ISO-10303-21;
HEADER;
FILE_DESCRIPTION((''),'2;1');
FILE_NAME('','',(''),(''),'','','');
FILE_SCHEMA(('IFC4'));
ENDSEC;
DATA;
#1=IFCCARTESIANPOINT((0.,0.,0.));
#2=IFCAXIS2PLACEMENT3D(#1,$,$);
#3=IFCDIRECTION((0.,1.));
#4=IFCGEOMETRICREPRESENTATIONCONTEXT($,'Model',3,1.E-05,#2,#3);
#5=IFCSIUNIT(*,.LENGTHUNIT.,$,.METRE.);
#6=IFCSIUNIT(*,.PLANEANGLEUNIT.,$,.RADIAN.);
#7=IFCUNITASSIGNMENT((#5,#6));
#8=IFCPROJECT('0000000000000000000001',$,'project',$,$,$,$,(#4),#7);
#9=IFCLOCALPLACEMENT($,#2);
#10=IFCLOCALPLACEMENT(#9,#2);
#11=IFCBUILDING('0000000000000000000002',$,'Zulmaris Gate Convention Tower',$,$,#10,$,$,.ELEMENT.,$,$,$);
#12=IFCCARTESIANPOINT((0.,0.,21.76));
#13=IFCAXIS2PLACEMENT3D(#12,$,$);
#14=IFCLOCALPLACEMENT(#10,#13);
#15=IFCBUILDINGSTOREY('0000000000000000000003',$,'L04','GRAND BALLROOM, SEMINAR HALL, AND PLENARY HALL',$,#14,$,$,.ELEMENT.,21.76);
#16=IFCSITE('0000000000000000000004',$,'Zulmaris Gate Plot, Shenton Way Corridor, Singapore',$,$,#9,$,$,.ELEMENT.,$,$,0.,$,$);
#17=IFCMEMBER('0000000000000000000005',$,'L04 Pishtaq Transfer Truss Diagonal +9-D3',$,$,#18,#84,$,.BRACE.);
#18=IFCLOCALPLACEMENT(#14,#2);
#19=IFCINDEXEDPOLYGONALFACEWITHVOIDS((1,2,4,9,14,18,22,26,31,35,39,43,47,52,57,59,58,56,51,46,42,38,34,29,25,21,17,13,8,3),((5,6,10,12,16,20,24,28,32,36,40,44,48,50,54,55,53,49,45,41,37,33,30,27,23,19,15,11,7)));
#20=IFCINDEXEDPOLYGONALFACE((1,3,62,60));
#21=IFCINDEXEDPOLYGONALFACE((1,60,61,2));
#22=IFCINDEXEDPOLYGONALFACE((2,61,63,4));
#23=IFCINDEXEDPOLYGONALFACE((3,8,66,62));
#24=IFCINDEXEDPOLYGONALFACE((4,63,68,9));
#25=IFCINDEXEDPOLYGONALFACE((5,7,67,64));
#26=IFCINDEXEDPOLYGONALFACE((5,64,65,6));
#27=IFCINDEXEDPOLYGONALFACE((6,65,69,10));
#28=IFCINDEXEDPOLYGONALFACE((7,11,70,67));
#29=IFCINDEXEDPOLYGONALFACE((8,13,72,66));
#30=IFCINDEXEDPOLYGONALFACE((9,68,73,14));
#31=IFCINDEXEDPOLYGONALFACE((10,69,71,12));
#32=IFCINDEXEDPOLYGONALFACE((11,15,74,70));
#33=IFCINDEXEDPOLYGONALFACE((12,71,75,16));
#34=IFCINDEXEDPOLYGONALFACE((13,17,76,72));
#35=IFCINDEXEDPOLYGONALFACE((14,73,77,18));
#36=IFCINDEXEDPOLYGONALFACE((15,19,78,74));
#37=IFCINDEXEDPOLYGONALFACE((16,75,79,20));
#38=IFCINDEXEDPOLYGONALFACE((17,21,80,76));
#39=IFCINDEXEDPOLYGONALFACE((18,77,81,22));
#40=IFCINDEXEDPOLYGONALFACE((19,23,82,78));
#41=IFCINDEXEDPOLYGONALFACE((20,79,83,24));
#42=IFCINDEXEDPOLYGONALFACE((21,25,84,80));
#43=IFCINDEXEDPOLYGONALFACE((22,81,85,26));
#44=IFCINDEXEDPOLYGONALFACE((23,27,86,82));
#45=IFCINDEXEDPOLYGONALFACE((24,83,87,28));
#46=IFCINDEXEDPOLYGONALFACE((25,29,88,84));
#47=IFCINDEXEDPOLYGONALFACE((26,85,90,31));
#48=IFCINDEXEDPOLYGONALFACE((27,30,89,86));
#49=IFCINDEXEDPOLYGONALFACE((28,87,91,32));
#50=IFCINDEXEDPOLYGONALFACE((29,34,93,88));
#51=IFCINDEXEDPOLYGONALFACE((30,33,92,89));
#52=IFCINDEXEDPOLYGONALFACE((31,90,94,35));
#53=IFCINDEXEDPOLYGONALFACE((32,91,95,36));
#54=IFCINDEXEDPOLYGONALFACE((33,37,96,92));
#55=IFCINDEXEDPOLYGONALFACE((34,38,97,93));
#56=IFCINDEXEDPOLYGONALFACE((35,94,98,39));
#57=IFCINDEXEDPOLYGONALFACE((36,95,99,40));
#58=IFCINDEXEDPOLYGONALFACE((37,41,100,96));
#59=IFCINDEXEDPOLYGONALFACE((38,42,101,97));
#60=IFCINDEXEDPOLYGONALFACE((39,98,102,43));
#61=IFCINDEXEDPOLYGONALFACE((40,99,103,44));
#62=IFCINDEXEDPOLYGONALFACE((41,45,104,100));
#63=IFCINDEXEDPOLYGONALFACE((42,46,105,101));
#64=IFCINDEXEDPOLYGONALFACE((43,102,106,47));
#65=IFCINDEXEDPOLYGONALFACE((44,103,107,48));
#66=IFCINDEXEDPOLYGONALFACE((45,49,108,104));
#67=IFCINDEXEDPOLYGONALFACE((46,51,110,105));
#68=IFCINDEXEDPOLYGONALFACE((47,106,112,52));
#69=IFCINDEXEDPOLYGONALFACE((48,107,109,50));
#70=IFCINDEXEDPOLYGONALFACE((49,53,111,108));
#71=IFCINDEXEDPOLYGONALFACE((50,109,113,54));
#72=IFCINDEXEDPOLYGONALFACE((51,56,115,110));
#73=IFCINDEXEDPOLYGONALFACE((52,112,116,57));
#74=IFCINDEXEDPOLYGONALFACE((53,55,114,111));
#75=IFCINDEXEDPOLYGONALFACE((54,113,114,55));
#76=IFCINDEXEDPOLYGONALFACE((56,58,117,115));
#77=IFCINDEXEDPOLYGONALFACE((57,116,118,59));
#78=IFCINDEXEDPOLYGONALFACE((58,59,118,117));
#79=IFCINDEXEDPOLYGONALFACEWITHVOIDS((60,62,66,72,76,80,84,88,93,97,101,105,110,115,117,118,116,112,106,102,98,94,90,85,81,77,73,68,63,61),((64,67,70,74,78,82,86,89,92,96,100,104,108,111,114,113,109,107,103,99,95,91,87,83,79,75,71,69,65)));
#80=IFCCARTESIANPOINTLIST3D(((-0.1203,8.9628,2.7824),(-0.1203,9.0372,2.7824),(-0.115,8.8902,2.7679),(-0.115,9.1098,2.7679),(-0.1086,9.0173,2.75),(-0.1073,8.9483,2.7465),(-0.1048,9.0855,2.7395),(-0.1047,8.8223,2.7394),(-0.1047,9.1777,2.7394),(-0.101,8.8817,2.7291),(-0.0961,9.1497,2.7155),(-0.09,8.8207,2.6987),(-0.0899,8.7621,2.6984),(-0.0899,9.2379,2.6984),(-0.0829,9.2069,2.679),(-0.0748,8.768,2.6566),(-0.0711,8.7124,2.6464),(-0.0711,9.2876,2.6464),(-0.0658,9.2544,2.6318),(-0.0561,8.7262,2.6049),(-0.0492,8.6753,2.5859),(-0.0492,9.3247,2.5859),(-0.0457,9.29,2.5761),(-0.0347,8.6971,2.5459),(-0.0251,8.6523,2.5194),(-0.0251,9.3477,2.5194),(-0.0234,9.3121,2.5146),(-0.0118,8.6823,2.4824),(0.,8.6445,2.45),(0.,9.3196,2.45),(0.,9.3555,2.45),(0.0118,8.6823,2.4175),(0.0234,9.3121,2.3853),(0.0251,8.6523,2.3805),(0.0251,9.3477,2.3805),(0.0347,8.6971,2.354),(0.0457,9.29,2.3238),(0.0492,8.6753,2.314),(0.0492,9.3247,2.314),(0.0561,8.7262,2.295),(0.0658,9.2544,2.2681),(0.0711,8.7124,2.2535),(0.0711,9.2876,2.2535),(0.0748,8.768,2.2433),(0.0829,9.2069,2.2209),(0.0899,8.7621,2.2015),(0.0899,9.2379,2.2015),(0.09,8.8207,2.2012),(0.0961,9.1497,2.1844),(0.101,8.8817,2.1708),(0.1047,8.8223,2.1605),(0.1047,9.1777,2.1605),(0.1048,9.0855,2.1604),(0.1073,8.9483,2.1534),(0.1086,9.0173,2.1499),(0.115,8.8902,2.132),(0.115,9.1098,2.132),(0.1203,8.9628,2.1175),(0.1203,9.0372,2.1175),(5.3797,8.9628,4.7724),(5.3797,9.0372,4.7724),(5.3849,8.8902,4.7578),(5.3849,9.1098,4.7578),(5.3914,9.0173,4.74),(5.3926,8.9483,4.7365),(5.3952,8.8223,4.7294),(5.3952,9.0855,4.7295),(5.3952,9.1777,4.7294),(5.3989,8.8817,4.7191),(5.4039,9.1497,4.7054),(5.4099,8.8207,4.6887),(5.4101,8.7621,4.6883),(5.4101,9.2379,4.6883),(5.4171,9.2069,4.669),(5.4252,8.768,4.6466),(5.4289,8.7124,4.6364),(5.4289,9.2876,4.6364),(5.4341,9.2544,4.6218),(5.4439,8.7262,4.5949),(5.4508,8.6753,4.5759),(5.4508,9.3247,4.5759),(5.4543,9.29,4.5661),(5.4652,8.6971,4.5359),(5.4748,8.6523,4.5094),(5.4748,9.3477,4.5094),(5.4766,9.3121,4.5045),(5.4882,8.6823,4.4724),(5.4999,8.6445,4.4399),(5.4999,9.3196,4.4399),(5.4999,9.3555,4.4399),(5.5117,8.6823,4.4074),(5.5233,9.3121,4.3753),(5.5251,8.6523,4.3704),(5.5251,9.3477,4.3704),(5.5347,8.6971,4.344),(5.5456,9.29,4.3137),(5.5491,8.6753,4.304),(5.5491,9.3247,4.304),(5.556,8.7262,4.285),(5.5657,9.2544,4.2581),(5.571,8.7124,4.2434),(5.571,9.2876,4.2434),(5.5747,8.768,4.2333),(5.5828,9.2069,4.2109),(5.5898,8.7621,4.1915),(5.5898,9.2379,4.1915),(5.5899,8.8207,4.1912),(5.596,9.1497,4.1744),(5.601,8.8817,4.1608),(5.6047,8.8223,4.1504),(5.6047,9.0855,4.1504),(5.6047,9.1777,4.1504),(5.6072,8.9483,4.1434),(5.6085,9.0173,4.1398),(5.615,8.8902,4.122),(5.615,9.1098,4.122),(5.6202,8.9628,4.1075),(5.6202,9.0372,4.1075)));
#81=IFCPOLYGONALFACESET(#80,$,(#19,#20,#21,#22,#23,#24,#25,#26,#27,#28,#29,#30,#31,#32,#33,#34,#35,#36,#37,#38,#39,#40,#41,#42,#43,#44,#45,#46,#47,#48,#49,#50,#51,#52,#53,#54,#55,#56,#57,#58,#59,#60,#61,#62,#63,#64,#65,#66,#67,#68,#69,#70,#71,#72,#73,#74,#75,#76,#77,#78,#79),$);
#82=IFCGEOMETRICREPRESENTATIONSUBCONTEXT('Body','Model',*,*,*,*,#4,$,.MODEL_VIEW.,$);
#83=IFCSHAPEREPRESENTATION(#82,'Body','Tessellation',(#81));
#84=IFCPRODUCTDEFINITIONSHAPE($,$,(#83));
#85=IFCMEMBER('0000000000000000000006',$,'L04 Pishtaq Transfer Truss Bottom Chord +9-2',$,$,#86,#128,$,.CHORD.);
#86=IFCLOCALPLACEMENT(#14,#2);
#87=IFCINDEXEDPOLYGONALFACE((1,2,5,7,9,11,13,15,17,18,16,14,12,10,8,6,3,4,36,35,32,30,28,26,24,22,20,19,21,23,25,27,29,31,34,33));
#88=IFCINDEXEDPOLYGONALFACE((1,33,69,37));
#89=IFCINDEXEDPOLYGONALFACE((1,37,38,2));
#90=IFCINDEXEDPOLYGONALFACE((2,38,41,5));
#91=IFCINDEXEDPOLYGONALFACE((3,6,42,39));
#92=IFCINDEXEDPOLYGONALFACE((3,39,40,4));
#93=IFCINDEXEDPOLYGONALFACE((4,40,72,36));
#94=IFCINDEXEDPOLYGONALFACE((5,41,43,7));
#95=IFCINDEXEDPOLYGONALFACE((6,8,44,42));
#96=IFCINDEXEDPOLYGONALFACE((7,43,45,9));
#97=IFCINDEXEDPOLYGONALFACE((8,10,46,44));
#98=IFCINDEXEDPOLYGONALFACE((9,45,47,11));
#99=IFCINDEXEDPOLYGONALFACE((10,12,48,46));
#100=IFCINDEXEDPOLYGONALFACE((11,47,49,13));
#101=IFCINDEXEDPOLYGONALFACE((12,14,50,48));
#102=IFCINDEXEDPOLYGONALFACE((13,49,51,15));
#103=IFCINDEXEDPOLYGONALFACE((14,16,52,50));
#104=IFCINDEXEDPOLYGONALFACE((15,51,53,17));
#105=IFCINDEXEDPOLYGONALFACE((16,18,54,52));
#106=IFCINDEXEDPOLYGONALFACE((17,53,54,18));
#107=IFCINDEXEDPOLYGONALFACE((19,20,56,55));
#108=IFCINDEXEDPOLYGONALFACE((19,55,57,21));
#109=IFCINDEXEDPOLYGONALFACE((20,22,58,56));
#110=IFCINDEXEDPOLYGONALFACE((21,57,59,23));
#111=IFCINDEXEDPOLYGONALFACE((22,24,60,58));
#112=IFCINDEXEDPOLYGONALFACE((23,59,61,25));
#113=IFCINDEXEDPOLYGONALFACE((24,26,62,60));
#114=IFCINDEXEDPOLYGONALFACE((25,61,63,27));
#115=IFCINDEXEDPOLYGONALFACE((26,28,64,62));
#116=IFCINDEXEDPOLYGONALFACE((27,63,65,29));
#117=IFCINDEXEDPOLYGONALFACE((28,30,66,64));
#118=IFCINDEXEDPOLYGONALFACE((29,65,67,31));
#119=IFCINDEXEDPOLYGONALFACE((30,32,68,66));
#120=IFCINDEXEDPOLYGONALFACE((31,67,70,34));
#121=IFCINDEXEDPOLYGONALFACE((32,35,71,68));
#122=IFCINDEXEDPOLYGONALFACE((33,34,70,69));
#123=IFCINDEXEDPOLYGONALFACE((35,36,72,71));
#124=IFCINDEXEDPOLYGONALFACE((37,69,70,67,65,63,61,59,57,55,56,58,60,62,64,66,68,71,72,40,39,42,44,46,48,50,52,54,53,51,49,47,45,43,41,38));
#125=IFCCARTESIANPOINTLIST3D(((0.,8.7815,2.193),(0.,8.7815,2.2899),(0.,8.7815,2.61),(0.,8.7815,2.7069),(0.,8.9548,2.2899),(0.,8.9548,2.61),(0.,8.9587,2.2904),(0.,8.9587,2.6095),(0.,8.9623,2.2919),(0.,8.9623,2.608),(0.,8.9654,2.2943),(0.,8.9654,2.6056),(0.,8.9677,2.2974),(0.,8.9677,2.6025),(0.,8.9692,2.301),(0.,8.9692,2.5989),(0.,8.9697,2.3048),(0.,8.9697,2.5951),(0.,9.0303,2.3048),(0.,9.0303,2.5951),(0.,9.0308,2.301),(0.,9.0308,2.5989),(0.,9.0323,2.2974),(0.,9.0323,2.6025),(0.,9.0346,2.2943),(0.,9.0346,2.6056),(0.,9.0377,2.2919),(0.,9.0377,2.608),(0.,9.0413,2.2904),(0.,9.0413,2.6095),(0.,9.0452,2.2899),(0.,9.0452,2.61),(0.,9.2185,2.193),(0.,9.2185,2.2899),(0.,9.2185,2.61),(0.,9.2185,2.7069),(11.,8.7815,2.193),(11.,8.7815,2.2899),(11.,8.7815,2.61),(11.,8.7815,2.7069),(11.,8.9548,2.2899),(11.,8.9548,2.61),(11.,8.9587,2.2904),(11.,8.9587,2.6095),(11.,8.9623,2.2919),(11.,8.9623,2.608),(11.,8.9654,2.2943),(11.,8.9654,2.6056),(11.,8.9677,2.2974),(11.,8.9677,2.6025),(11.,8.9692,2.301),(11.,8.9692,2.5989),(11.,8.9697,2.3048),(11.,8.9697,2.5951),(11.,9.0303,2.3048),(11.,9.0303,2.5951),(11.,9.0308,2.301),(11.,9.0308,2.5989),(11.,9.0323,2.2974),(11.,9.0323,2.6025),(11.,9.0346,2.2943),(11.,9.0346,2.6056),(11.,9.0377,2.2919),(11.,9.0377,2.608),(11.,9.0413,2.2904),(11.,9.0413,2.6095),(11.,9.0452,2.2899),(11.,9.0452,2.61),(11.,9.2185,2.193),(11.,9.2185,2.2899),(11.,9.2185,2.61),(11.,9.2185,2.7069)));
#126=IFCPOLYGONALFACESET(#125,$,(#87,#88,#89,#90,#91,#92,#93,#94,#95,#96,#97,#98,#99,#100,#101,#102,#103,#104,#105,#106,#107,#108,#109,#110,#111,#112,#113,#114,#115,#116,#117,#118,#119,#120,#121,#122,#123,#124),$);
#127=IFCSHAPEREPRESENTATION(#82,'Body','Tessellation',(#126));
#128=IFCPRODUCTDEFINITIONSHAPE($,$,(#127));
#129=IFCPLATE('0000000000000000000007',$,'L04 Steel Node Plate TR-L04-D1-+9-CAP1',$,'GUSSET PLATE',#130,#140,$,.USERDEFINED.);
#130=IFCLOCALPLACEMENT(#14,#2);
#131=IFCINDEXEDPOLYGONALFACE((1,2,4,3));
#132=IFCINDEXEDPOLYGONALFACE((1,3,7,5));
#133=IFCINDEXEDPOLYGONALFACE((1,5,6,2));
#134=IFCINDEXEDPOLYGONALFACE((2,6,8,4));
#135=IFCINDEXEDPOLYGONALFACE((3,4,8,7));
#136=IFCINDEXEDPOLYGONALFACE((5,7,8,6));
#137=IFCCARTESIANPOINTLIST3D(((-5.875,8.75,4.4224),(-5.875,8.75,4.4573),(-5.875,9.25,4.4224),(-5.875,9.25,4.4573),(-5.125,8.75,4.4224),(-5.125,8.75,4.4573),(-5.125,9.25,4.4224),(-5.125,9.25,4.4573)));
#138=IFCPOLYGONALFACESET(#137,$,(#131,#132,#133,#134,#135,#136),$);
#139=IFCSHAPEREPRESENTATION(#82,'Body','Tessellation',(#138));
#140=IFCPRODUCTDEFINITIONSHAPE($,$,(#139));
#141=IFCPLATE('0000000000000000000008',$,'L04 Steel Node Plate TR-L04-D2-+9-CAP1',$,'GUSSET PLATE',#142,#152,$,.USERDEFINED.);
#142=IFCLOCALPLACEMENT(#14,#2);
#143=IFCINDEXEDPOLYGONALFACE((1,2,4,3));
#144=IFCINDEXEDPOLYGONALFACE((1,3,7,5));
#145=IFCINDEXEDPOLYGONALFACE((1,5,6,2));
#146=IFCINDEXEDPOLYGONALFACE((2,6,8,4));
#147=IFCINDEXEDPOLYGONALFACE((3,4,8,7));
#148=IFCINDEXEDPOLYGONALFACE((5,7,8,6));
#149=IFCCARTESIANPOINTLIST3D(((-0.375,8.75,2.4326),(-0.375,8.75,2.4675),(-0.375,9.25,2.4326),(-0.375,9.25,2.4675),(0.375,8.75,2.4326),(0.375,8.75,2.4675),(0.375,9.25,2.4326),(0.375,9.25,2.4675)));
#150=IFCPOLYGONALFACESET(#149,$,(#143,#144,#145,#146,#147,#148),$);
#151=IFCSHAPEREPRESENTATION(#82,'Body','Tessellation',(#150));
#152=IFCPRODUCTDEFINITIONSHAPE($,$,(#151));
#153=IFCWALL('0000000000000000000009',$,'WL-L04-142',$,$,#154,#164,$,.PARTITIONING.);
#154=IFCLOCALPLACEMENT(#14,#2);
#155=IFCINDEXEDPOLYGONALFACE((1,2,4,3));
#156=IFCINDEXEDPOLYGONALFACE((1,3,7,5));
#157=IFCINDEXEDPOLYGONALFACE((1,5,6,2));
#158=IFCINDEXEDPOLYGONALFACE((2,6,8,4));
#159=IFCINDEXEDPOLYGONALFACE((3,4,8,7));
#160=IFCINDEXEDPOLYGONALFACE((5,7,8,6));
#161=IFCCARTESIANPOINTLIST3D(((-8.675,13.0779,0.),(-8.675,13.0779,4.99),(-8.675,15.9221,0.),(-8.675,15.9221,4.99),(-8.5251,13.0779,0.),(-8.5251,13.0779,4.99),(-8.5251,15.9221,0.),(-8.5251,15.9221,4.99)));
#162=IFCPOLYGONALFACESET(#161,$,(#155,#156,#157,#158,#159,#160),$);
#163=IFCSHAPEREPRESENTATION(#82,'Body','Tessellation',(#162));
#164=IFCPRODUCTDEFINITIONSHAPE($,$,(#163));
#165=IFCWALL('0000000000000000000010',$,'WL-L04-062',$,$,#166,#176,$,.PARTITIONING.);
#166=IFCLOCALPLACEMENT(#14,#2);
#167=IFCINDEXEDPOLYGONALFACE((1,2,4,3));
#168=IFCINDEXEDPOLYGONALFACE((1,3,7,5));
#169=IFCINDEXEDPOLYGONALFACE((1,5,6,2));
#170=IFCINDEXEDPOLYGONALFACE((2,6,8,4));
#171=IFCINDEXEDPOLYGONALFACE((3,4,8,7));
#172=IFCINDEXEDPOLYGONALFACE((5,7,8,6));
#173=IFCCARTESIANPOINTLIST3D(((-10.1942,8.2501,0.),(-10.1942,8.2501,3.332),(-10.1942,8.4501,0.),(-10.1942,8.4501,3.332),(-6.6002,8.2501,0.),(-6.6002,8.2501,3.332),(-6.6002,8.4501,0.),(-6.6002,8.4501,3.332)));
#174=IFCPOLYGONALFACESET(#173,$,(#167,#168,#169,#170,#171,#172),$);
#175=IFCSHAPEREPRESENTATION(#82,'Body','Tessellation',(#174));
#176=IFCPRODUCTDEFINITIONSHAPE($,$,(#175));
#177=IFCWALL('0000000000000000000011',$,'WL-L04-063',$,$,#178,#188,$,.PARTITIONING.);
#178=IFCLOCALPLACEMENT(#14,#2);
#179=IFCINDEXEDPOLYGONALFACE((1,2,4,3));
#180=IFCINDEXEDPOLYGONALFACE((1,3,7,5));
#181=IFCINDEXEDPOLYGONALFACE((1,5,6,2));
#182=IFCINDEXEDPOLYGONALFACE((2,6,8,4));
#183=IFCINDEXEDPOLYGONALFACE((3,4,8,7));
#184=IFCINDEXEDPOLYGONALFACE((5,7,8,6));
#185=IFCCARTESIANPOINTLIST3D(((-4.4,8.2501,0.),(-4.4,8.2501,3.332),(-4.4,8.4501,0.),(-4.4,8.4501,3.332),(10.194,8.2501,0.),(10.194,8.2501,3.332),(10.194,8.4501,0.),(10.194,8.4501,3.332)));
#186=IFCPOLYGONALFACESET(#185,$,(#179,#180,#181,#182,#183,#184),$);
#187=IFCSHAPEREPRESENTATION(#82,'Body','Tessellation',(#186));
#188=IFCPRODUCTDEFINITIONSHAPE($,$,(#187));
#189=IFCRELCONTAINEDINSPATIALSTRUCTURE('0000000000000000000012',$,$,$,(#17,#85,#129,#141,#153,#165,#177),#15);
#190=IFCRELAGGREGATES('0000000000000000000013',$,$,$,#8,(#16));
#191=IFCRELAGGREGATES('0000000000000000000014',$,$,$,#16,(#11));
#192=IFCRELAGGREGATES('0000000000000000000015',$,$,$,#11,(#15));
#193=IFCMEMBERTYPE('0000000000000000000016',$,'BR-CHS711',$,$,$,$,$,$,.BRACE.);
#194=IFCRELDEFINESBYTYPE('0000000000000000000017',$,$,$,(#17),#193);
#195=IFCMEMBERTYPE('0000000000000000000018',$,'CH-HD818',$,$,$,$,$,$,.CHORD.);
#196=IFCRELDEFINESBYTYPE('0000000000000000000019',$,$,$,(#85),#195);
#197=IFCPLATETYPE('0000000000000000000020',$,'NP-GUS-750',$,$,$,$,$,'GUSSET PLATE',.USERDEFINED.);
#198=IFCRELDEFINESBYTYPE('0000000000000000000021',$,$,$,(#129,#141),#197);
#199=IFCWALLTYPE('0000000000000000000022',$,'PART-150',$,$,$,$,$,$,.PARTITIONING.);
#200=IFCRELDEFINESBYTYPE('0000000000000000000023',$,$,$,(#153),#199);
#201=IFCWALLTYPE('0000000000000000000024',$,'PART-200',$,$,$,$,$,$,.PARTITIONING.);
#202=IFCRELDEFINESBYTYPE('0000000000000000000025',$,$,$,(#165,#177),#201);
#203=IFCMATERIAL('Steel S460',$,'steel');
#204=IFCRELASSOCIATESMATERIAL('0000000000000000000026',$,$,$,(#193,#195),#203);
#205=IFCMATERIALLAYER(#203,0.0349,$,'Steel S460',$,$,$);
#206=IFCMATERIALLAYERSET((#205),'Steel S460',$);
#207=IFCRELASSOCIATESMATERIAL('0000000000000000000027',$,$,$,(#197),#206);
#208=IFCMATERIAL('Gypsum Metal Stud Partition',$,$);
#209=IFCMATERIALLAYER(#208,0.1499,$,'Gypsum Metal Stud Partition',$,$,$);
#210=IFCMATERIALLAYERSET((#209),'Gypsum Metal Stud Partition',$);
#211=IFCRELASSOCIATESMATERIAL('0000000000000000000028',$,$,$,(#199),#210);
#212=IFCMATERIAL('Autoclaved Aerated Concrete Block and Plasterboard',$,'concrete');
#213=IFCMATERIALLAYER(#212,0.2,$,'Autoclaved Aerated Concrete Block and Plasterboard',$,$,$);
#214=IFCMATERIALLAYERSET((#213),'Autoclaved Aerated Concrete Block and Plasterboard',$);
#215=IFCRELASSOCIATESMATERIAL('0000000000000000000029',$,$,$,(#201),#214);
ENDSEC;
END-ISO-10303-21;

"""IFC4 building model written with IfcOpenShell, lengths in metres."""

from ifc_helpers import new_model, si_unit, direction, frame, frame_2d, origin, origin_2d, place, context, subcontext, project, spatial, rectangle, hollow_circle, i_section, extrude, material, layer, layer_set, material_profile, profile_set, type_object, element, save


model = new_model("IFC4")

# Units and contexts
model_context = context("Model", 3, precision=1e-05, world=origin(), true_north=direction((0.0, 1.0)))
body_context = subcontext(model_context, "Body", "Model", "MODEL_VIEW")
ifc_project = project(units=[si_unit("LENGTHUNIT", "METRE"), si_unit("PLANEANGLEUNIT", "RADIAN")], contexts=[model_context])

# Site, building, storey
site_placement = place(None, origin())
site = spatial("IfcSite", under=ifc_project, at=site_placement, Name="Zulmaris Gate Plot, Shenton Way Corridor, Singapore", CompositionType="ELEMENT", RefElevation=0.0)
building_placement = place(site_placement, origin())
building = spatial("IfcBuilding", under=site, at=building_placement, Name="Zulmaris Gate Convention Tower", CompositionType="ELEMENT")
storey_placement = place(building_placement, frame((0.0, 0.0, 21.76)))
storey = spatial("IfcBuildingStorey", under=building, at=storey_placement, Name="L04", Description="GRAND BALLROOM, SEMINAR HALL, AND PLENARY HALL", CompositionType="ELEMENT", Elevation=21.76)

# Shared definitions
ifc_material_1 = material(Name="Steel S460", Category="steel")

# Members
ifc_material_profile_1 = material_profile(ifc_material_1, hollow_circle(Radius=0.3555, WallThickness=0.0359, at=origin_2d()), Name="CHS 711x36")
ifc_profile_set_1 = profile_set([ifc_material_profile_1], Name="Steel S460")
member_type_1 = type_object("IfcMemberType", Name="BR-CHS711", PredefinedType="BRACE", material=ifc_profile_set_1)
for number, where, z_axis, x_axis, name in (
    (1, (0.0, 9.0, 2.45), (0.940342, 0.0, 0.340231), (0.0, 1.0, 0.0), "L04 Pishtaq Transfer Truss Diagonal +9-D3"),
):
    element("IfcMember", number, at=place(storey_placement, frame(where, z_axis=z_axis, x_axis=x_axis)), inside=storey, type_object=member_type_1, Name=name, PredefinedType="BRACE", context=body_context, shape_type="SweptSolid", body=[
        extrude(hollow_circle(Radius=0.3555, WallThickness=0.0359, at=origin_2d()), origin(), (0.0, 0.0, 1.0), 5.8489),
    ])
ifc_material_profile_2 = material_profile(ifc_material_1, i_section(OverallWidth=0.437, OverallDepth=0.5139, WebThickness=0.0605, FlangeThickness=0.0969, FilletRadius=0.0149, at=origin_2d()), Name="HD 400x818")
ifc_profile_set_2 = profile_set([ifc_material_profile_2], Name="Steel S460")
member_type_2 = type_object("IfcMemberType", Name="CH-HD818", PredefinedType="CHORD", material=ifc_profile_set_2)
member_placement = place(storey_placement, frame((0.0, 9.0, 2.45), z_axis=(1.0, 0.0, 0.0), x_axis=(0.0, 1.0, 0.0)))
element("IfcMember", 2, at=member_placement, inside=storey, type_object=member_type_2, Name="L04 Pishtaq Transfer Truss Bottom Chord +9-2", PredefinedType="CHORD", context=body_context, shape_type="SweptSolid", body=[
    extrude(i_section(OverallWidth=0.437, OverallDepth=0.5139, WebThickness=0.0605, FlangeThickness=0.0969, FilletRadius=0.0149, at=origin_2d()), origin(), (0.0, 0.0, 1.0), 11.0),
])

# Plates
ifc_layer_1 = layer(ifc_material_1, 0.0349, Name="Steel S460")
ifc_layer_set_1 = layer_set([ifc_layer_1], Name="Steel S460")
plate_type = type_object("IfcPlateType", Name="NP-GUS-750", ElementType="GUSSET PLATE", PredefinedType="USERDEFINED", material=ifc_layer_set_1)
for number, where, z_axis, x_axis, name in (
    (3, (-5.5, 9.0, 4.4224), (0.0, 0.0, 1.0), (1.0, 0.0, 0.0), "L04 Steel Node Plate TR-L04-D1-+9-CAP1"),
    (4, (0.0, 9.0, 2.4326), (0.0, 0.0, 1.0), (1.0, 0.0, 0.0), "L04 Steel Node Plate TR-L04-D2-+9-CAP1"),
):
    element("IfcPlate", number, at=place(storey_placement, frame(where, z_axis=z_axis, x_axis=x_axis)), inside=storey, type_object=plate_type, Name=name, ObjectType="GUSSET PLATE", PredefinedType="USERDEFINED", context=body_context, shape_type="SweptSolid", body=[
        extrude(rectangle(XDim=0.75, YDim=0.5, at=origin_2d()), origin(), (0.0, 0.0, 1.0), 0.0349),
    ])

# Walls
ifc_material_2 = material(Name="Gypsum Metal Stud Partition")
ifc_layer_2 = layer(ifc_material_2, 0.1499, Name="Gypsum Metal Stud Partition")
ifc_layer_set_2 = layer_set([ifc_layer_2], Name="Gypsum Metal Stud Partition")
wall_type_1 = type_object("IfcWallType", Name="PART-150", PredefinedType="PARTITIONING", material=ifc_layer_set_2)
wall_1_placement = place(storey_placement, frame((-8.6001, 13.0779, 0.0), z_axis=(0.0, 0.0, 1.0), x_axis=(0.0, 1.0, 0.0)))
element("IfcWall", 5, at=wall_1_placement, inside=storey, type_object=wall_type_1, Name="WL-L04-142", PredefinedType="PARTITIONING", context=body_context, shape_type="SweptSolid", body=[
    extrude(rectangle(XDim=2.8442, YDim=0.1499, at=frame_2d((1.4221, 0.0))), origin(), (0.0, 0.0, 1.0), 4.99),
])
ifc_material_3 = material(Name="Autoclaved Aerated Concrete Block and Plasterboard", Category="concrete")
ifc_layer_3 = layer(ifc_material_3, 0.2, Name="Autoclaved Aerated Concrete Block and Plasterboard")
ifc_layer_set_3 = layer_set([ifc_layer_3], Name="Autoclaved Aerated Concrete Block and Plasterboard")
wall_type_2 = type_object("IfcWallType", Name="PART-200", PredefinedType="PARTITIONING", material=ifc_layer_set_3)
wall_2_placement = place(storey_placement, frame((-10.1941, 8.3501, 0.0), z_axis=(0.0, 0.0, 1.0), x_axis=(1.0, 0.0, 0.0)))
element("IfcWall", 6, at=wall_2_placement, inside=storey, type_object=wall_type_2, Name="WL-L04-062", PredefinedType="PARTITIONING", context=body_context, shape_type="SweptSolid", body=[
    extrude(rectangle(XDim=3.594, YDim=0.2, at=frame_2d((1.7969, 0.0))), origin(), (0.0, 0.0, 1.0), 3.332),
])
wall_3_placement = place(storey_placement, frame((-4.3999, 8.3501, 0.0), z_axis=(0.0, 0.0, 1.0), x_axis=(1.0, 0.0, 0.0)))
element("IfcWall", 7, at=wall_3_placement, inside=storey, type_object=wall_type_2, Name="WL-L04-063", PredefinedType="PARTITIONING", context=body_context, shape_type="SweptSolid", body=[
    extrude(rectangle(XDim=14.594, YDim=0.2, at=frame_2d((7.2969, 0.0))), origin(), (0.0, 0.0, 1.0), 3.332),
])

save(model, "model.ifc")
